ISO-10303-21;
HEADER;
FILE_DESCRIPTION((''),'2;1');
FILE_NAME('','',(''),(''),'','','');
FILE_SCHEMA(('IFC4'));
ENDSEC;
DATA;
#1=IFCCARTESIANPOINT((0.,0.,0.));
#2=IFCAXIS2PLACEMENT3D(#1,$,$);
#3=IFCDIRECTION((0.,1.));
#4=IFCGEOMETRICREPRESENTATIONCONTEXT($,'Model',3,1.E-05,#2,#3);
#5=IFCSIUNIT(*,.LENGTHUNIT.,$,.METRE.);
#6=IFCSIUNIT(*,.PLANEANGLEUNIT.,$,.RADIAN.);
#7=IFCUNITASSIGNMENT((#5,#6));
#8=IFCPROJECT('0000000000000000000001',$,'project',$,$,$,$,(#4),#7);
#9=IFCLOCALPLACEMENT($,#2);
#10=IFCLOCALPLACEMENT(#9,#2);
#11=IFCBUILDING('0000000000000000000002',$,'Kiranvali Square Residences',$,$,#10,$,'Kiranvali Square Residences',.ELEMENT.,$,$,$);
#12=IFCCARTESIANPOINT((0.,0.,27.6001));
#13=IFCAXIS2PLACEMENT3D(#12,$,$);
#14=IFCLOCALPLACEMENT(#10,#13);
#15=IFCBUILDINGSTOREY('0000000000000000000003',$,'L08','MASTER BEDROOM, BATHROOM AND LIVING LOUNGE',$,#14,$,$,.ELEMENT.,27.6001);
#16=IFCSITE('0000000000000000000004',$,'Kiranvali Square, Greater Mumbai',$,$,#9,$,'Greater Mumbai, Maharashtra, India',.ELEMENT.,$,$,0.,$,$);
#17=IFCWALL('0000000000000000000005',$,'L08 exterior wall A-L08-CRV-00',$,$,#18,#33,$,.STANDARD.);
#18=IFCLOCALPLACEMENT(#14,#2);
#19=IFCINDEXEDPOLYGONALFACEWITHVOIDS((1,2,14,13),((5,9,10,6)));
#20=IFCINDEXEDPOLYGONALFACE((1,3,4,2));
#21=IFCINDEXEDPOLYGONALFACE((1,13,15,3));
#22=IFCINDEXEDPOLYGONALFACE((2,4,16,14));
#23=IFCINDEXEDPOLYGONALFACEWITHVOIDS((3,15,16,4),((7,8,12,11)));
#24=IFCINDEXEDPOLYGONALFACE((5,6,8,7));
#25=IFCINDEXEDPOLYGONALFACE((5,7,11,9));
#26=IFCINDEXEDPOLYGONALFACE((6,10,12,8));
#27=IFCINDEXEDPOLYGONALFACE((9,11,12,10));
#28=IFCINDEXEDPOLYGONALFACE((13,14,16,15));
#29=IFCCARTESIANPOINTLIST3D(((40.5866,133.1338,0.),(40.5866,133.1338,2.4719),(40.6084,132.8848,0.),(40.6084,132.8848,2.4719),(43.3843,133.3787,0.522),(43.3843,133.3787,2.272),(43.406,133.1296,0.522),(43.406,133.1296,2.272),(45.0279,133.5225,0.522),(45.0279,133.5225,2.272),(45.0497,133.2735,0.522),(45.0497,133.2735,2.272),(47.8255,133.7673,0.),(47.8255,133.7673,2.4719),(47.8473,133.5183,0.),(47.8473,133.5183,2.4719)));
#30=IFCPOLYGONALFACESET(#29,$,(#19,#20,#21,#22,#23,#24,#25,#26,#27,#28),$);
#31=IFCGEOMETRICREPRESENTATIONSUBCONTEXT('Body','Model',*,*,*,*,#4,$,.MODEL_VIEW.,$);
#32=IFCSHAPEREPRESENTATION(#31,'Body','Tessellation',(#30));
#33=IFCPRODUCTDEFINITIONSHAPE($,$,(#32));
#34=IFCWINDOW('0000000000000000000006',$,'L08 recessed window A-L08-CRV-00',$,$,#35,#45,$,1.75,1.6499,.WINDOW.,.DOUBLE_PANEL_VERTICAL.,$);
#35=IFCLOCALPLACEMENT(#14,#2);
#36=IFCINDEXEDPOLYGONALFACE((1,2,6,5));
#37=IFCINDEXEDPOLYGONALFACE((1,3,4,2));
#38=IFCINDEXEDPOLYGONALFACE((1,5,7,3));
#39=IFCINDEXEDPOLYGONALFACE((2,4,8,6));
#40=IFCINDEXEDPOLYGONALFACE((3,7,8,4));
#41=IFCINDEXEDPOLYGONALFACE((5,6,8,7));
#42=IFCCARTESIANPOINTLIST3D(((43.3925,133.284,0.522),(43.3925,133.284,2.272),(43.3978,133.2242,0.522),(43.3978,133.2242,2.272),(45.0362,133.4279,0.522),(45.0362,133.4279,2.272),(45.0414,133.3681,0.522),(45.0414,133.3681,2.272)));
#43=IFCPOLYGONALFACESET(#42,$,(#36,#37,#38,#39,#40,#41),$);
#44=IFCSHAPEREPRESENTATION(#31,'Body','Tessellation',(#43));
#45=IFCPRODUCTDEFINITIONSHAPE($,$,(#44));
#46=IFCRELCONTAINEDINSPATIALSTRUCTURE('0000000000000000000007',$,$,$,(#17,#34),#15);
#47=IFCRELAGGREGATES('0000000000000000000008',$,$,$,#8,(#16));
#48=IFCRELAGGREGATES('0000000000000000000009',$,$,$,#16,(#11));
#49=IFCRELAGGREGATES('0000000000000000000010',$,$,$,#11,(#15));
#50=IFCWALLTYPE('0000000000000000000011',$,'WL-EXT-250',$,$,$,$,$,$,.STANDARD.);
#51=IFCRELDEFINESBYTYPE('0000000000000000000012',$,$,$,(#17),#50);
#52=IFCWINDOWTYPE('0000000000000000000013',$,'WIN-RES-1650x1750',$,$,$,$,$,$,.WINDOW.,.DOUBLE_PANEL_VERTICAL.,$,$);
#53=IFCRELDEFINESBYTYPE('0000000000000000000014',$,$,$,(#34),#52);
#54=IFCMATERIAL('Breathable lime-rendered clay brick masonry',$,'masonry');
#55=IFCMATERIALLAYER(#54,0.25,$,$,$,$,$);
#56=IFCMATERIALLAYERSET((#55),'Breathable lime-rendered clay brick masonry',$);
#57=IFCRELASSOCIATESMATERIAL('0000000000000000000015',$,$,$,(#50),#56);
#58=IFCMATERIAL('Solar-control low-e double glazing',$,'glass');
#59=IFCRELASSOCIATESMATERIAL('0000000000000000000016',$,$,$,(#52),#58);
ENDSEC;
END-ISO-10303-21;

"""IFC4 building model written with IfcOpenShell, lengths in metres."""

from ifc_helpers import new_model, si_unit, direction, frame, frame_2d, origin, place, context, subcontext, project, spatial, rectangle, extrude, material, layer, layer_set, type_object, element, fill, save


model = new_model("IFC4")

# Units and contexts
model_context = context("Model", 3, precision=1e-05, world=origin(), true_north=direction((0.0, 1.0)))
body_context = subcontext(model_context, "Body", "Model", "MODEL_VIEW")
ifc_project = project(units=[si_unit("LENGTHUNIT", "METRE"), si_unit("PLANEANGLEUNIT", "RADIAN")], contexts=[model_context])

# Site, building, storey
site_placement = place(None, origin())
site = spatial("IfcSite", under=ifc_project, at=site_placement, Name="Kiranvali Square, Greater Mumbai", LongName="Greater Mumbai, Maharashtra, India", CompositionType="ELEMENT", RefElevation=0.0)
building_placement = place(site_placement, origin())
building = spatial("IfcBuilding", under=site, at=building_placement, Name="Kiranvali Square Residences", LongName="Kiranvali Square Residences", CompositionType="ELEMENT")
storey_placement = place(building_placement, frame((0.0, 0.0, 27.6001)))
storey = spatial("IfcBuildingStorey", under=building, at=storey_placement, Name="L08", Description="MASTER BEDROOM, BATHROOM AND LIVING LOUNGE", CompositionType="ELEMENT", Elevation=27.6001)

# Wall, opening, window
ifc_material_1 = material(Name="Breathable lime-rendered clay brick masonry", Category="masonry")
ifc_layer = layer(ifc_material_1, 0.25)
ifc_layer_set = layer_set([ifc_layer], Name="Breathable lime-rendered clay brick masonry")
wall_type = type_object("IfcWallType", Name="WL-EXT-250", PredefinedType="STANDARD", material=ifc_layer_set)
wall_1_placement = place(storey_placement, frame((47.8364, 133.6428, 0.0), z_axis=(0.0, 0.0, 1.0), x_axis=(-0.996192, -0.087185, 0.0)))
wall_1 = element("IfcWall", 1, at=wall_1_placement, inside=storey, type_object=wall_type, Name="L08 exterior wall A-L08-CRV-00", PredefinedType="STANDARD", context=body_context, shape_type="SweptSolid", body=[
    extrude(rectangle(XDim=7.2666, YDim=0.25, at=frame_2d((3.6333, 0.0))), origin(), (0.0, 0.0, 1.0), 2.4719),
])
opening_1_placement = place(wall_1_placement, frame((2.8083, 0.0, 0.522)))
opening_1 = element("IfcOpeningElement", 2, at=opening_1_placement, cuts=wall_1, PredefinedType="OPENING", context=body_context, shape_type="SweptSolid", body=[
    extrude(rectangle(XDim=1.6499, YDim=1.75, at=frame_2d((0.825, 0.875))), frame((0.0, 0.135, 0.0), z_axis=(0.0, -1.0, 0.0), x_axis=(1.0, 0.0, 0.0)), (0.0, 0.0, 1.0), 0.27),
])
ifc_material_2 = material(Name="Solar-control low-e double glazing", Category="glass")
window_type_1 = type_object("IfcWindowType", Name="WIN-RES-1650x1750", PartitioningType="DOUBLE_PANEL_VERTICAL", PredefinedType="WINDOW", material=ifc_material_2)
window_1_placement = place(opening_1_placement, origin())
window_1 = element("IfcWindow", 3, at=window_1_placement, inside=storey, type_object=window_type_1, Name="L08 recessed window A-L08-CRV-00", OverallHeight=1.75, OverallWidth=1.6499, PartitioningType="DOUBLE_PANEL_VERTICAL", PredefinedType="WINDOW", context=body_context, shape_type="SweptSolid", body=[
    extrude(rectangle(XDim=1.6499, YDim=1.75, at=frame_2d((0.825, 0.875))), frame((0.0, 0.03, 0.0), z_axis=(0.0, -1.0, 0.0), x_axis=(1.0, 0.0, 0.0)), (0.0, 0.0, 1.0), 0.0601),
])
fill(opening_1, window_1)

save(model, "model.ifc")
